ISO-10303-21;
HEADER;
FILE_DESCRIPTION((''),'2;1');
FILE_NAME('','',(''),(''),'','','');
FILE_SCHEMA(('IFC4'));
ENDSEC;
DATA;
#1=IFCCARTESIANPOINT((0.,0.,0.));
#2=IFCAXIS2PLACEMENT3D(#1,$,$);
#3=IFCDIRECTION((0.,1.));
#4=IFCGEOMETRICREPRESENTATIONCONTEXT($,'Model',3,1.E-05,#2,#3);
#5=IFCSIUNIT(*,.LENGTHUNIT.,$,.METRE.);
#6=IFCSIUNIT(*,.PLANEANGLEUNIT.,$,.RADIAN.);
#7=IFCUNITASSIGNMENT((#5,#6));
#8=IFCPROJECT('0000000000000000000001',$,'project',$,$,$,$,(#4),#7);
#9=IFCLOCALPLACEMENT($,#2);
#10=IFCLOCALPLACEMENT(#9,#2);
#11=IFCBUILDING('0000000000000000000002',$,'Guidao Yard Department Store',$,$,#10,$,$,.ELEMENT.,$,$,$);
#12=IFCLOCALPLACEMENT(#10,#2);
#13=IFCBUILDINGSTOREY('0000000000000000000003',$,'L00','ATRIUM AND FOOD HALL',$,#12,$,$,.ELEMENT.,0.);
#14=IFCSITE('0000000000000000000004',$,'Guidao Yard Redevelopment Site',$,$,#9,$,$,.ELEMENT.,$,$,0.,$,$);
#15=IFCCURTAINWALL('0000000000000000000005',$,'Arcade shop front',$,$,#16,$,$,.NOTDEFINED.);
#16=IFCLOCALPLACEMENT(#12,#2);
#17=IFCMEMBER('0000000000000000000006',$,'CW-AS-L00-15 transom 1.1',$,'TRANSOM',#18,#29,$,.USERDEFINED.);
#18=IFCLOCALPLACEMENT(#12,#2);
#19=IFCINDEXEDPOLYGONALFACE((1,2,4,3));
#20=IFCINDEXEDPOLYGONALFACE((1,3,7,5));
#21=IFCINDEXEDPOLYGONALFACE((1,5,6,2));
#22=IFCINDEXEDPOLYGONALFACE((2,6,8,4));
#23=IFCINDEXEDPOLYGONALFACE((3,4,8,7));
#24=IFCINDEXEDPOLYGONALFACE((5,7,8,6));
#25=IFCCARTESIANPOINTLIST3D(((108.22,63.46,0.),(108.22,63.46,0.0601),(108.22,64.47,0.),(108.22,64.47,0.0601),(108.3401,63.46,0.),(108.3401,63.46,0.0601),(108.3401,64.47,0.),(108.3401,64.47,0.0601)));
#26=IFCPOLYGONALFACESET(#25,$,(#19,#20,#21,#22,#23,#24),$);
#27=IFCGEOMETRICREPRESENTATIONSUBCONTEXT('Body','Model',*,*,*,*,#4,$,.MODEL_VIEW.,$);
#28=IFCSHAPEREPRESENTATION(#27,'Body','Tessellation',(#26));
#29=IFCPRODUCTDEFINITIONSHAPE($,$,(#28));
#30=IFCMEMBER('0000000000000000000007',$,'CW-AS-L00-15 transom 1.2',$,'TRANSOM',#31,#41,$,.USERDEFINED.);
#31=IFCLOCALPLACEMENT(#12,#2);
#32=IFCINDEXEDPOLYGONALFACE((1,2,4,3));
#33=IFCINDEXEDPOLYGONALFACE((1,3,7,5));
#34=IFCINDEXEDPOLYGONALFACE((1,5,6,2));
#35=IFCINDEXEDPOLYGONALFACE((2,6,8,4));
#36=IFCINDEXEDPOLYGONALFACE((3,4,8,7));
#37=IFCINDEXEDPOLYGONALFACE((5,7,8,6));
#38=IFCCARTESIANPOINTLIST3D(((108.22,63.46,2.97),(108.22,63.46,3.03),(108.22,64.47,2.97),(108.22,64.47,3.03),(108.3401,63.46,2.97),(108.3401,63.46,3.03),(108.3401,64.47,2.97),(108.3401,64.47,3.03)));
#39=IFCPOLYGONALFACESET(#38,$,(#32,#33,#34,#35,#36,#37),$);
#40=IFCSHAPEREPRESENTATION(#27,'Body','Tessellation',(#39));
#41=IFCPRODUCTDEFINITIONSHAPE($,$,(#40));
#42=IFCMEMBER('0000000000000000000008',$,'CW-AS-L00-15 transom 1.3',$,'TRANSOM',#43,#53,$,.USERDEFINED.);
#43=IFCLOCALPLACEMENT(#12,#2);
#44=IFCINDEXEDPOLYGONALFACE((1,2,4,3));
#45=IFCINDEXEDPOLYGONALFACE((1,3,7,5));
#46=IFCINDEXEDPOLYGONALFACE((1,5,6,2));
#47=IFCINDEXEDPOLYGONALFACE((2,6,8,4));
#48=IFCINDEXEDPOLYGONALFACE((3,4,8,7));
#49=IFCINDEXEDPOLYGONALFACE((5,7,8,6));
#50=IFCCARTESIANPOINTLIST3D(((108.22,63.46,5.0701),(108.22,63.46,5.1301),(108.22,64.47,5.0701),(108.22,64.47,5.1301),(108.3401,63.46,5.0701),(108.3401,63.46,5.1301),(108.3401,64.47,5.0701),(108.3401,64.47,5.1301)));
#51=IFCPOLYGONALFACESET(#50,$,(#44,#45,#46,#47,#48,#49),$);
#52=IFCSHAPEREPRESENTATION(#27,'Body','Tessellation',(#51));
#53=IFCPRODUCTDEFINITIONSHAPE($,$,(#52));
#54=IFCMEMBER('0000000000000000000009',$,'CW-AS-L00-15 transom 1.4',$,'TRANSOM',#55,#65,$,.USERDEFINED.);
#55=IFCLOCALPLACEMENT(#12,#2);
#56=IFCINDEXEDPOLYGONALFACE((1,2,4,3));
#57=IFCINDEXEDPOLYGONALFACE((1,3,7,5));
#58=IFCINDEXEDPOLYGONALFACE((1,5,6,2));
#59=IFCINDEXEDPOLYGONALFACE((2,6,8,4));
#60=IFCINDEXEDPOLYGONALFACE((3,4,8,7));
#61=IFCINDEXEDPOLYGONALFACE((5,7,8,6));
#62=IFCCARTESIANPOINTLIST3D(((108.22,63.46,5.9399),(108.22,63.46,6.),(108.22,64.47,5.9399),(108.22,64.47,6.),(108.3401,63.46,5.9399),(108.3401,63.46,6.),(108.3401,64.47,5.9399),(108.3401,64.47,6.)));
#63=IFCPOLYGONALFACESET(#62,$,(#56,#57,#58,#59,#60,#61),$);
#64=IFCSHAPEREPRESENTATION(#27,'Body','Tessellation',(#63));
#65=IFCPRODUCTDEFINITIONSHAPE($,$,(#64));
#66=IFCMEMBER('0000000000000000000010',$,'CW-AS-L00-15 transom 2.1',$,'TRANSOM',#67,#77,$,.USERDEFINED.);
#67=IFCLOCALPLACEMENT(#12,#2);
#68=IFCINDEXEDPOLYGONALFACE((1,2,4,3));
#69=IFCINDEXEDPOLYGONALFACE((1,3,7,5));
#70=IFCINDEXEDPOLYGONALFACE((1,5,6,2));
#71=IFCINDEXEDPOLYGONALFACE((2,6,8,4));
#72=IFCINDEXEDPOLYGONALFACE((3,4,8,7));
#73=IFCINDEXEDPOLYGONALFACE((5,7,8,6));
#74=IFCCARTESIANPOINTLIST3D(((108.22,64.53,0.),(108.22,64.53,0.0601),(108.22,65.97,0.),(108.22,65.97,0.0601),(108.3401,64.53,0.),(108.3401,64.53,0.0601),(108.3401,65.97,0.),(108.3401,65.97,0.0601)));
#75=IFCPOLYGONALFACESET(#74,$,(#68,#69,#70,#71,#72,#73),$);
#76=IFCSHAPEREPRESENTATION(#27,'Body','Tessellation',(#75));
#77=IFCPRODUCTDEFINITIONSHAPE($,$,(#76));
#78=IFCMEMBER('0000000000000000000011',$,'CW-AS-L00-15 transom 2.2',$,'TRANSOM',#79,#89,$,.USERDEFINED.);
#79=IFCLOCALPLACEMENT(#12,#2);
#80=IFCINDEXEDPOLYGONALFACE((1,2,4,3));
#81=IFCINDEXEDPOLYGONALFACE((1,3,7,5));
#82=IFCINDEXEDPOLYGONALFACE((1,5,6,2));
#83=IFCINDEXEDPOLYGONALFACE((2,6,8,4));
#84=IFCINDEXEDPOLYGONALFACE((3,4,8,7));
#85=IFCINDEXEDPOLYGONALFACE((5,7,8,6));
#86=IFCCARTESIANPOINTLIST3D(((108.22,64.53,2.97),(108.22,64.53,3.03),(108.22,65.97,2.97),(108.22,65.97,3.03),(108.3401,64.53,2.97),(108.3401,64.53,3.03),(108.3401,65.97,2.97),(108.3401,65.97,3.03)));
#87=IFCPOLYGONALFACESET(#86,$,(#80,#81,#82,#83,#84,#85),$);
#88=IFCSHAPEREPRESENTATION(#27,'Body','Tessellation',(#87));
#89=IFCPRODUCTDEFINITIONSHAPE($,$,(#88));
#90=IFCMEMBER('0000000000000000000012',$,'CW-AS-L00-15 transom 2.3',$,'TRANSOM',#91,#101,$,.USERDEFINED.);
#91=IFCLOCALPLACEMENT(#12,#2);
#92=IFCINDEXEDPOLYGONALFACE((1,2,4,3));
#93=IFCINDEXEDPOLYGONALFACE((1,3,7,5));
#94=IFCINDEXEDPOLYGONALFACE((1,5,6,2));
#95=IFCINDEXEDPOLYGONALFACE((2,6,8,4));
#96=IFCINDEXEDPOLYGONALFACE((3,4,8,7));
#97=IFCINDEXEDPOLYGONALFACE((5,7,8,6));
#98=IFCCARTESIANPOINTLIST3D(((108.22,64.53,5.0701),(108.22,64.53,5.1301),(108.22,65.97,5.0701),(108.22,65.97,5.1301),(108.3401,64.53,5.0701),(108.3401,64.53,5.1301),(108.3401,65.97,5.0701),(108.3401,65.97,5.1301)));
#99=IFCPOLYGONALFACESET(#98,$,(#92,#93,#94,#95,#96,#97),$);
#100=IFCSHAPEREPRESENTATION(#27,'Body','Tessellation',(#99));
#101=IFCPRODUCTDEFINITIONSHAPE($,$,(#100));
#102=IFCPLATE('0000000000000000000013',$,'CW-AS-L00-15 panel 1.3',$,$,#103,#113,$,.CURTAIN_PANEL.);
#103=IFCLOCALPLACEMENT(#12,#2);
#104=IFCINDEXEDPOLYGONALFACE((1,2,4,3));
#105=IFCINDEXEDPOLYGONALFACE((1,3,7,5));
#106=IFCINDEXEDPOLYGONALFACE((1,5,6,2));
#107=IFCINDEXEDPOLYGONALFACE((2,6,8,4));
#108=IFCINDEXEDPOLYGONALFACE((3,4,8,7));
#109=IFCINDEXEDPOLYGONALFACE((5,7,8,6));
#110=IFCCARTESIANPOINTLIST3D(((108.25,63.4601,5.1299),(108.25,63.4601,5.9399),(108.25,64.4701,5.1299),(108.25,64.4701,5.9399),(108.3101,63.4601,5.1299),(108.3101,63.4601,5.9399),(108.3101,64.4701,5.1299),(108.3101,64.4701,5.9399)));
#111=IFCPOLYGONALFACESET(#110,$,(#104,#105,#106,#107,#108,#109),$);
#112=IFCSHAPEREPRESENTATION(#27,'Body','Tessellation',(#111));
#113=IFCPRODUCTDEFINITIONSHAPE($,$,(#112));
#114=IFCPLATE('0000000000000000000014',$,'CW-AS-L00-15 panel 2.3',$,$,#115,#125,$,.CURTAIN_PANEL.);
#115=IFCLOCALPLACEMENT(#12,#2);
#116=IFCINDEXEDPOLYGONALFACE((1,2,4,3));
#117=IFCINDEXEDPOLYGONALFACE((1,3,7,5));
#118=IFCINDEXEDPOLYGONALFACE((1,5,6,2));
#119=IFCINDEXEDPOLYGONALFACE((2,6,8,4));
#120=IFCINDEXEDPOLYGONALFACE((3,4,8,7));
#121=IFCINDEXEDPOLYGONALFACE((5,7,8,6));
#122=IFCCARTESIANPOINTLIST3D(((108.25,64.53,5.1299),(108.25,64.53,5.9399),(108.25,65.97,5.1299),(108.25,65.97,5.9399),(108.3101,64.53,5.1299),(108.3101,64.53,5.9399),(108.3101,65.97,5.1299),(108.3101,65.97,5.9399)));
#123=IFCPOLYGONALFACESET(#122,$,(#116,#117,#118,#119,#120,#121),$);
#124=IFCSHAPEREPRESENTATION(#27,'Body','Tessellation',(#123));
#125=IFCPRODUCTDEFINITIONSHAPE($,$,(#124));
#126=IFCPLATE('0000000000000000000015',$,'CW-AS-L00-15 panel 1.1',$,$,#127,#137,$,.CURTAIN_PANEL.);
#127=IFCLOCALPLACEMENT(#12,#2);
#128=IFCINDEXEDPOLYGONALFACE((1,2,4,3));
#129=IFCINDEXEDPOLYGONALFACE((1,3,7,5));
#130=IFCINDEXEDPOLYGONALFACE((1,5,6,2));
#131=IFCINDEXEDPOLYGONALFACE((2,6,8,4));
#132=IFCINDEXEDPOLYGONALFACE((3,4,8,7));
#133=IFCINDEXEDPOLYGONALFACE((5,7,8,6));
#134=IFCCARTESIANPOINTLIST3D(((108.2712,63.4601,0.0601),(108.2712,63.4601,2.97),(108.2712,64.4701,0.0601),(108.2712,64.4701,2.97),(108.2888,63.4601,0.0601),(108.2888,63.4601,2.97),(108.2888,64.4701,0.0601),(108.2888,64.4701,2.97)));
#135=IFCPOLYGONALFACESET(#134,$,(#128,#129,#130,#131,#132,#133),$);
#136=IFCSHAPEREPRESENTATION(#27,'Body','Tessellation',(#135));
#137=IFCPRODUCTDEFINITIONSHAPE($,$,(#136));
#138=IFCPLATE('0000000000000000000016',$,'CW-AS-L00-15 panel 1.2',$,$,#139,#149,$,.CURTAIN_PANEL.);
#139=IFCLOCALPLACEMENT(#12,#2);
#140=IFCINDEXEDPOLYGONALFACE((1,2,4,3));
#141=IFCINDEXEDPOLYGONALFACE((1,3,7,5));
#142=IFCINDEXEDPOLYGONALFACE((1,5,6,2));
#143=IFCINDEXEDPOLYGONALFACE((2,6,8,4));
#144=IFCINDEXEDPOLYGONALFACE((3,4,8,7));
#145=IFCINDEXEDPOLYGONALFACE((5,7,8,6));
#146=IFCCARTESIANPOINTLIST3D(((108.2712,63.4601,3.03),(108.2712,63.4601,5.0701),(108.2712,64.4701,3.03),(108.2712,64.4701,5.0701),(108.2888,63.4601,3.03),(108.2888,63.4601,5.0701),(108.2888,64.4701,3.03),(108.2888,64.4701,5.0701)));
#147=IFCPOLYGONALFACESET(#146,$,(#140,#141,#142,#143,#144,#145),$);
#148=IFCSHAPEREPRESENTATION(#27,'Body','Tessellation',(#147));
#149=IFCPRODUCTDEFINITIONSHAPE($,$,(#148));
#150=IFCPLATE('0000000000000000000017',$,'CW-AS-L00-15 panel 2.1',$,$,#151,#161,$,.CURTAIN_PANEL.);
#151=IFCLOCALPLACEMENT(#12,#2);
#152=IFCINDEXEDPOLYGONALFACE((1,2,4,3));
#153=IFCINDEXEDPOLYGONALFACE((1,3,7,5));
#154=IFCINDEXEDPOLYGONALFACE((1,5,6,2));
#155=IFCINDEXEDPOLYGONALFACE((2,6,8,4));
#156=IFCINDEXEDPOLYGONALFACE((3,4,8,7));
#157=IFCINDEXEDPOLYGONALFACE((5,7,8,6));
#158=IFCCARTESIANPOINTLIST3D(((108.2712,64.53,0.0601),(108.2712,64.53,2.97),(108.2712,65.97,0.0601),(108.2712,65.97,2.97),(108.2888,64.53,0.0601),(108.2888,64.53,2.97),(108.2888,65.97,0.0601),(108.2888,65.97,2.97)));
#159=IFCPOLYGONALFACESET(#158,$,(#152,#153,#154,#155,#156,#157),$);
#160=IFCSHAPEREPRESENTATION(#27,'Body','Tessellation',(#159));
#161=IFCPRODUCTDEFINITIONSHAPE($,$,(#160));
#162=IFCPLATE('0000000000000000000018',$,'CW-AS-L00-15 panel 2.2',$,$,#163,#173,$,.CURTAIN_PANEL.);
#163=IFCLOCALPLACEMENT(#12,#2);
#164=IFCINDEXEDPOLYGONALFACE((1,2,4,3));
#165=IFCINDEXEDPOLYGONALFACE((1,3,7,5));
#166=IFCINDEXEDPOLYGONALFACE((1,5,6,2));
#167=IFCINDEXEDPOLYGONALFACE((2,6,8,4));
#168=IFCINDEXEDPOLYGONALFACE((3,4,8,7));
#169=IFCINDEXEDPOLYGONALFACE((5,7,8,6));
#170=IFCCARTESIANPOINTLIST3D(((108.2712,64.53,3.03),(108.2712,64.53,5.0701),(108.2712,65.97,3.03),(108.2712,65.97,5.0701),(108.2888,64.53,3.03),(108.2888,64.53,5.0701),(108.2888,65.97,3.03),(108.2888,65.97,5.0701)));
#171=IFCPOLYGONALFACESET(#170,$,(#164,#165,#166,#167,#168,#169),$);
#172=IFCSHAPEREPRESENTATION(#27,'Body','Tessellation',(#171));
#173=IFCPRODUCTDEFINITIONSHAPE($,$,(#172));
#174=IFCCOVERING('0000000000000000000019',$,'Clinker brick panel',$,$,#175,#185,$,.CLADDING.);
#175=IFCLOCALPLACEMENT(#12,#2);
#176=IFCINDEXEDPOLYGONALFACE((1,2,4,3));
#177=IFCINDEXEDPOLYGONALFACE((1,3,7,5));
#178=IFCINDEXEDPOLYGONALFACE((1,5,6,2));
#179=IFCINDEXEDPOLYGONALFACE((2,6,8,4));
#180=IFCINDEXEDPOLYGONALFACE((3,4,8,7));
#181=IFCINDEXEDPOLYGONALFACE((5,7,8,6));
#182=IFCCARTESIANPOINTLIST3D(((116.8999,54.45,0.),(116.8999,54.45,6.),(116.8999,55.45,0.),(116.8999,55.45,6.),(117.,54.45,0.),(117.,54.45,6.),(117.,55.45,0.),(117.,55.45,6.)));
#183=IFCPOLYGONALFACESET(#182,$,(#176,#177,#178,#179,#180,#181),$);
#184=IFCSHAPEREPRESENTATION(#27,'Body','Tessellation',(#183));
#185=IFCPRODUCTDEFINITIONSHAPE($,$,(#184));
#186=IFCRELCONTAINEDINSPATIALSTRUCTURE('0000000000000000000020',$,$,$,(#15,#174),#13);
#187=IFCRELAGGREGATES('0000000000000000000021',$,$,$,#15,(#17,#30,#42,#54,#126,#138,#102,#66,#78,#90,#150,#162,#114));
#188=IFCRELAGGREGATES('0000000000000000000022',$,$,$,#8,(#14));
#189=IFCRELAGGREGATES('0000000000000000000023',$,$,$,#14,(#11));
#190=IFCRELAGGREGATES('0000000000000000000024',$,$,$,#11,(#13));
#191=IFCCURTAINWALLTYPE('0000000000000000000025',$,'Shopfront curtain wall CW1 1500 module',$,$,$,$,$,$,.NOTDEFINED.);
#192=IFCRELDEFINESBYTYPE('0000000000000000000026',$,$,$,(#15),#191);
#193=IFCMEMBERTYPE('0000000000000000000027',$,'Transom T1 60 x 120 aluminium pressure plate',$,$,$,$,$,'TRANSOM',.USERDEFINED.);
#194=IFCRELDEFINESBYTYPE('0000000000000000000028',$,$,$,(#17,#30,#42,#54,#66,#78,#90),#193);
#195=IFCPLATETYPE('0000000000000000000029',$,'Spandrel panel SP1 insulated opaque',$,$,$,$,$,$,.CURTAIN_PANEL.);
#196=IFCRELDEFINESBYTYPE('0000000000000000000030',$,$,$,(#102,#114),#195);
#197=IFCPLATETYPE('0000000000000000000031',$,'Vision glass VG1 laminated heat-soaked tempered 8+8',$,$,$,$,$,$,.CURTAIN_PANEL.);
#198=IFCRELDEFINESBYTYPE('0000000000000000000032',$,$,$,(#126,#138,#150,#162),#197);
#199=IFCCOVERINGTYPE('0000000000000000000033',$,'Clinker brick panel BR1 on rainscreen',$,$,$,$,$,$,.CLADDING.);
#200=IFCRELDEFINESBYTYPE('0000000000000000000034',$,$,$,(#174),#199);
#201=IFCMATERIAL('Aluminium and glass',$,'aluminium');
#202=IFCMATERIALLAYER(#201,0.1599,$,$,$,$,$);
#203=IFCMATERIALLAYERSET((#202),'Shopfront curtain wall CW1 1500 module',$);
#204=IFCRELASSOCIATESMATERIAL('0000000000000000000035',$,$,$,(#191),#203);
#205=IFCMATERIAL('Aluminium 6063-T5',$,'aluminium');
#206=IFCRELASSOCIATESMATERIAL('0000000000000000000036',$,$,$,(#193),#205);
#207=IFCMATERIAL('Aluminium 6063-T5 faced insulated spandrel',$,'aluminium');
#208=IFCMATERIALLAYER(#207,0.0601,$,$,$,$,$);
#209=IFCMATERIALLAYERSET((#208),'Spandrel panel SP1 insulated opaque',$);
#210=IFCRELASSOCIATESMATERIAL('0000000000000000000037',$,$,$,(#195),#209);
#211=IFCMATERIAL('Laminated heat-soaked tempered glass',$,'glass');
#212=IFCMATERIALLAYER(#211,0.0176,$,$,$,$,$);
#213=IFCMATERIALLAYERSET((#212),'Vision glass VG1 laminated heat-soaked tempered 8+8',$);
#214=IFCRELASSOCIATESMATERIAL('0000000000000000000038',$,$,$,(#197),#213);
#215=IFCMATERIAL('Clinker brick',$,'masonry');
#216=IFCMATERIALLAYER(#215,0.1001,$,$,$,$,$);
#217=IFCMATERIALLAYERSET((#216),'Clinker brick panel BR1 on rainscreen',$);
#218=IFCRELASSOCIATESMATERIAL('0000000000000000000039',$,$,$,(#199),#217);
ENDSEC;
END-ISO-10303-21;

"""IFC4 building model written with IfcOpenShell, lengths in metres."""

from ifc_helpers import new_model, si_unit, direction, frame, origin, origin_2d, place, context, subcontext, project, spatial, rectangle, extrude, material, layer, layer_set, material_profile, profile_set, type_object, element, aggregate, save


model = new_model("IFC4")

# Units and contexts
model_context = context("Model", 3, precision=1e-05, world=origin(), true_north=direction((0.0, 1.0)))
body_context = subcontext(model_context, "Body", "Model", "MODEL_VIEW")
ifc_project = project(units=[si_unit("LENGTHUNIT", "METRE"), si_unit("PLANEANGLEUNIT", "RADIAN")], contexts=[model_context])

# Site, building, storey
site_placement = place(None, origin())
site = spatial("IfcSite", under=ifc_project, at=site_placement, Name="Guidao Yard Redevelopment Site", CompositionType="ELEMENT", RefElevation=0.0)
building_placement = place(site_placement, origin())
building = spatial("IfcBuilding", under=site, at=building_placement, Name="Guidao Yard Department Store", CompositionType="ELEMENT")
storey_placement = place(building_placement, origin())
storey = spatial("IfcBuildingStorey", under=building, at=storey_placement, Name="L00", Description="ATRIUM AND FOOD HALL", CompositionType="ELEMENT", Elevation=0.0)

# Curtain wall, members, plates
ifc_material_1 = material(Name="Aluminium and glass", Category="aluminium")
ifc_layer_1 = layer(ifc_material_1, 0.1599)
ifc_layer_set_1 = layer_set([ifc_layer_1], Name="Shopfront curtain wall CW1 1500 module")
curtain_wall_type = type_object("IfcCurtainWallType", Name="Shopfront curtain wall CW1 1500 module", PredefinedType="NOTDEFINED", material=ifc_layer_set_1)
curtain_wall_placement = place(storey_placement, origin())
curtain_wall = element("IfcCurtainWall", 1, at=curtain_wall_placement, inside=storey, type_object=curtain_wall_type, Name="Arcade shop front", PredefinedType="NOTDEFINED")
ifc_material_2 = material(Name="Aluminium 6063-T5", Category="aluminium")
ifc_material_profile = material_profile(ifc_material_2, rectangle(XDim=0.1201, YDim=0.0601, at=origin_2d()), Name="Transom T1 60 x 120 aluminium pressure plate")
ifc_profile_set = profile_set([ifc_material_profile], Name="Aluminium 6063-T5")
member_type = type_object("IfcMemberType", Name="Transom T1 60 x 120 aluminium pressure plate", ElementType="TRANSOM", PredefinedType="USERDEFINED", material=ifc_profile_set)
member_1_placement = place(storey_placement, frame((108.28, 64.47, 0.03), z_axis=(0.0, -1.0, 0.0), x_axis=(1.0, 0.0, 0.0)))
member_1 = element("IfcMember", 2, at=member_1_placement, type_object=member_type, Name="CW-AS-L00-15 transom 1.1", ObjectType="TRANSOM", PredefinedType="USERDEFINED", context=body_context, shape_type="SweptSolid", body=[
    extrude(rectangle(XDim=0.1201, YDim=0.0601, at=origin_2d()), origin(), (0.0, 0.0, 1.0), 1.01),
])
member_2_placement = place(storey_placement, frame((108.28, 64.47, 3.0), z_axis=(0.0, -1.0, 0.0), x_axis=(1.0, 0.0, 0.0)))
member_2 = element("IfcMember", 3, at=member_2_placement, type_object=member_type, Name="CW-AS-L00-15 transom 1.2", ObjectType="TRANSOM", PredefinedType="USERDEFINED", context=body_context, shape_type="SweptSolid", body=[
    extrude(rectangle(XDim=0.1201, YDim=0.0601, at=origin_2d()), origin(), (0.0, 0.0, 1.0), 1.01),
])
member_3_placement = place(storey_placement, frame((108.28, 64.47, 5.1001), z_axis=(0.0, -1.0, 0.0), x_axis=(1.0, 0.0, 0.0)))
member_3 = element("IfcMember", 4, at=member_3_placement, type_object=member_type, Name="CW-AS-L00-15 transom 1.3", ObjectType="TRANSOM", PredefinedType="USERDEFINED", context=body_context, shape_type="SweptSolid", body=[
    extrude(rectangle(XDim=0.1201, YDim=0.0601, at=origin_2d()), origin(), (0.0, 0.0, 1.0), 1.01),
])
member_4_placement = place(storey_placement, frame((108.28, 64.47, 5.97), z_axis=(0.0, -1.0, 0.0), x_axis=(1.0, 0.0, 0.0)))
member_4 = element("IfcMember", 5, at=member_4_placement, type_object=member_type, Name="CW-AS-L00-15 transom 1.4", ObjectType="TRANSOM", PredefinedType="USERDEFINED", context=body_context, shape_type="SweptSolid", body=[
    extrude(rectangle(XDim=0.1201, YDim=0.0601, at=origin_2d()), origin(), (0.0, 0.0, 1.0), 1.01),
])
member_5_placement = place(storey_placement, frame((108.28, 65.97, 0.03), z_axis=(0.0, -1.0, 0.0), x_axis=(1.0, 0.0, 0.0)))
member_5 = element("IfcMember", 6, at=member_5_placement, type_object=member_type, Name="CW-AS-L00-15 transom 2.1", ObjectType="TRANSOM", PredefinedType="USERDEFINED", context=body_context, shape_type="SweptSolid", body=[
    extrude(rectangle(XDim=0.1201, YDim=0.0601, at=origin_2d()), origin(), (0.0, 0.0, 1.0), 1.4399),
])
member_6_placement = place(storey_placement, frame((108.28, 65.97, 3.0), z_axis=(0.0, -1.0, 0.0), x_axis=(1.0, 0.0, 0.0)))
member_6 = element("IfcMember", 7, at=member_6_placement, type_object=member_type, Name="CW-AS-L00-15 transom 2.2", ObjectType="TRANSOM", PredefinedType="USERDEFINED", context=body_context, shape_type="SweptSolid", body=[
    extrude(rectangle(XDim=0.1201, YDim=0.0601, at=origin_2d()), origin(), (0.0, 0.0, 1.0), 1.4399),
])
member_7_placement = place(storey_placement, frame((108.28, 65.97, 5.1001), z_axis=(0.0, -1.0, 0.0), x_axis=(1.0, 0.0, 0.0)))
member_7 = element("IfcMember", 8, at=member_7_placement, type_object=member_type, Name="CW-AS-L00-15 transom 2.3", ObjectType="TRANSOM", PredefinedType="USERDEFINED", context=body_context, shape_type="SweptSolid", body=[
    extrude(rectangle(XDim=0.1201, YDim=0.0601, at=origin_2d()), origin(), (0.0, 0.0, 1.0), 1.4399),
])
ifc_material_3 = material(Name="Aluminium 6063-T5 faced insulated spandrel", Category="aluminium")
ifc_layer_2 = layer(ifc_material_3, 0.0601)
ifc_layer_set_2 = layer_set([ifc_layer_2], Name="Spandrel panel SP1 insulated opaque")
plate_type_1 = type_object("IfcPlateType", Name="Spandrel panel SP1 insulated opaque", PredefinedType="CURTAIN_PANEL", material=ifc_layer_set_2)
plate_1_placement = place(storey_placement, frame((108.28, 63.9651, 5.1299), z_axis=(0.0, 0.0, 1.0), x_axis=(0.0, -1.0, 0.0)))
plate_1 = element("IfcPlate", 9, at=plate_1_placement, type_object=plate_type_1, Name="CW-AS-L00-15 panel 1.3", PredefinedType="CURTAIN_PANEL", context=body_context, shape_type="SweptSolid", body=[
    extrude(rectangle(XDim=1.01, YDim=0.0601, at=origin_2d()), origin(), (0.0, 0.0, 1.0), 0.8101),
])
plate_2_placement = place(storey_placement, frame((108.28, 65.25, 5.1299), z_axis=(0.0, 0.0, 1.0), x_axis=(0.0, -1.0, 0.0)))
plate_2 = element("IfcPlate", 10, at=plate_2_placement, type_object=plate_type_1, Name="CW-AS-L00-15 panel 2.3", PredefinedType="CURTAIN_PANEL", context=body_context, shape_type="SweptSolid", body=[
    extrude(rectangle(XDim=1.4399, YDim=0.0601, at=origin_2d()), origin(), (0.0, 0.0, 1.0), 0.8101),
])
ifc_material_4 = material(Name="Laminated heat-soaked tempered glass", Category="glass")
ifc_layer_3 = layer(ifc_material_4, 0.0176)
ifc_layer_set_3 = layer_set([ifc_layer_3], Name="Vision glass VG1 laminated heat-soaked tempered 8+8")
plate_type_2 = type_object("IfcPlateType", Name="Vision glass VG1 laminated heat-soaked tempered 8+8", PredefinedType="CURTAIN_PANEL", material=ifc_layer_set_3)
plate_3_placement = place(storey_placement, frame((108.28, 63.9651, 0.0601), z_axis=(0.0, 0.0, 1.0), x_axis=(0.0, -1.0, 0.0)))
plate_3 = element("IfcPlate", 11, at=plate_3_placement, type_object=plate_type_2, Name="CW-AS-L00-15 panel 1.1", PredefinedType="CURTAIN_PANEL", context=body_context, shape_type="SweptSolid", body=[
    extrude(rectangle(XDim=1.01, YDim=0.0176, at=origin_2d()), origin(), (0.0, 0.0, 1.0), 2.9099),
])
plate_4_placement = place(storey_placement, frame((108.28, 63.9651, 3.03), z_axis=(0.0, 0.0, 1.0), x_axis=(0.0, -1.0, 0.0)))
plate_4 = element("IfcPlate", 12, at=plate_4_placement, type_object=plate_type_2, Name="CW-AS-L00-15 panel 1.2", PredefinedType="CURTAIN_PANEL", context=body_context, shape_type="SweptSolid", body=[
    extrude(rectangle(XDim=1.01, YDim=0.0176, at=origin_2d()), origin(), (0.0, 0.0, 1.0), 2.04),
])
plate_5_placement = place(storey_placement, frame((108.28, 65.25, 0.0601), z_axis=(0.0, 0.0, 1.0), x_axis=(0.0, -1.0, 0.0)))
plate_5 = element("IfcPlate", 13, at=plate_5_placement, type_object=plate_type_2, Name="CW-AS-L00-15 panel 2.1", PredefinedType="CURTAIN_PANEL", context=body_context, shape_type="SweptSolid", body=[
    extrude(rectangle(XDim=1.4399, YDim=0.0176, at=origin_2d()), origin(), (0.0, 0.0, 1.0), 2.9099),
])
plate_6_placement = place(storey_placement, frame((108.28, 65.25, 3.03), z_axis=(0.0, 0.0, 1.0), x_axis=(0.0, -1.0, 0.0)))
plate_6 = element("IfcPlate", 14, at=plate_6_placement, type_object=plate_type_2, Name="CW-AS-L00-15 panel 2.2", PredefinedType="CURTAIN_PANEL", context=body_context, shape_type="SweptSolid", body=[
    extrude(rectangle(XDim=1.4399, YDim=0.0176, at=origin_2d()), origin(), (0.0, 0.0, 1.0), 2.04),
])
aggregate(curtain_wall, [member_1, member_2, member_3, member_4, plate_3, plate_4, plate_1, member_5, member_6, member_7, plate_5, plate_6, plate_2])

# Covering
ifc_material_5 = material(Name="Clinker brick", Category="masonry")
ifc_layer_4 = layer(ifc_material_5, 0.1001)
ifc_layer_set_4 = layer_set([ifc_layer_4], Name="Clinker brick panel BR1 on rainscreen")
covering_type_1 = type_object("IfcCoveringType", Name="Clinker brick panel BR1 on rainscreen", PredefinedType="CLADDING", material=ifc_layer_set_4)
covering_1_placement = place(storey_placement, frame((116.95, 54.95, 0.0), z_axis=(0.0, 0.0, 1.0), x_axis=(0.0, 1.0, 0.0)))
element("IfcCovering", 15, at=covering_1_placement, inside=storey, type_object=covering_type_1, Name="Clinker brick panel", PredefinedType="CLADDING", context=body_context, shape_type="SweptSolid", body=[
    extrude(rectangle(XDim=1.0, YDim=0.1001, at=origin_2d()), origin(), (0.0, 0.0, 1.0), 6.0),
])

save(model, "model.ifc")
